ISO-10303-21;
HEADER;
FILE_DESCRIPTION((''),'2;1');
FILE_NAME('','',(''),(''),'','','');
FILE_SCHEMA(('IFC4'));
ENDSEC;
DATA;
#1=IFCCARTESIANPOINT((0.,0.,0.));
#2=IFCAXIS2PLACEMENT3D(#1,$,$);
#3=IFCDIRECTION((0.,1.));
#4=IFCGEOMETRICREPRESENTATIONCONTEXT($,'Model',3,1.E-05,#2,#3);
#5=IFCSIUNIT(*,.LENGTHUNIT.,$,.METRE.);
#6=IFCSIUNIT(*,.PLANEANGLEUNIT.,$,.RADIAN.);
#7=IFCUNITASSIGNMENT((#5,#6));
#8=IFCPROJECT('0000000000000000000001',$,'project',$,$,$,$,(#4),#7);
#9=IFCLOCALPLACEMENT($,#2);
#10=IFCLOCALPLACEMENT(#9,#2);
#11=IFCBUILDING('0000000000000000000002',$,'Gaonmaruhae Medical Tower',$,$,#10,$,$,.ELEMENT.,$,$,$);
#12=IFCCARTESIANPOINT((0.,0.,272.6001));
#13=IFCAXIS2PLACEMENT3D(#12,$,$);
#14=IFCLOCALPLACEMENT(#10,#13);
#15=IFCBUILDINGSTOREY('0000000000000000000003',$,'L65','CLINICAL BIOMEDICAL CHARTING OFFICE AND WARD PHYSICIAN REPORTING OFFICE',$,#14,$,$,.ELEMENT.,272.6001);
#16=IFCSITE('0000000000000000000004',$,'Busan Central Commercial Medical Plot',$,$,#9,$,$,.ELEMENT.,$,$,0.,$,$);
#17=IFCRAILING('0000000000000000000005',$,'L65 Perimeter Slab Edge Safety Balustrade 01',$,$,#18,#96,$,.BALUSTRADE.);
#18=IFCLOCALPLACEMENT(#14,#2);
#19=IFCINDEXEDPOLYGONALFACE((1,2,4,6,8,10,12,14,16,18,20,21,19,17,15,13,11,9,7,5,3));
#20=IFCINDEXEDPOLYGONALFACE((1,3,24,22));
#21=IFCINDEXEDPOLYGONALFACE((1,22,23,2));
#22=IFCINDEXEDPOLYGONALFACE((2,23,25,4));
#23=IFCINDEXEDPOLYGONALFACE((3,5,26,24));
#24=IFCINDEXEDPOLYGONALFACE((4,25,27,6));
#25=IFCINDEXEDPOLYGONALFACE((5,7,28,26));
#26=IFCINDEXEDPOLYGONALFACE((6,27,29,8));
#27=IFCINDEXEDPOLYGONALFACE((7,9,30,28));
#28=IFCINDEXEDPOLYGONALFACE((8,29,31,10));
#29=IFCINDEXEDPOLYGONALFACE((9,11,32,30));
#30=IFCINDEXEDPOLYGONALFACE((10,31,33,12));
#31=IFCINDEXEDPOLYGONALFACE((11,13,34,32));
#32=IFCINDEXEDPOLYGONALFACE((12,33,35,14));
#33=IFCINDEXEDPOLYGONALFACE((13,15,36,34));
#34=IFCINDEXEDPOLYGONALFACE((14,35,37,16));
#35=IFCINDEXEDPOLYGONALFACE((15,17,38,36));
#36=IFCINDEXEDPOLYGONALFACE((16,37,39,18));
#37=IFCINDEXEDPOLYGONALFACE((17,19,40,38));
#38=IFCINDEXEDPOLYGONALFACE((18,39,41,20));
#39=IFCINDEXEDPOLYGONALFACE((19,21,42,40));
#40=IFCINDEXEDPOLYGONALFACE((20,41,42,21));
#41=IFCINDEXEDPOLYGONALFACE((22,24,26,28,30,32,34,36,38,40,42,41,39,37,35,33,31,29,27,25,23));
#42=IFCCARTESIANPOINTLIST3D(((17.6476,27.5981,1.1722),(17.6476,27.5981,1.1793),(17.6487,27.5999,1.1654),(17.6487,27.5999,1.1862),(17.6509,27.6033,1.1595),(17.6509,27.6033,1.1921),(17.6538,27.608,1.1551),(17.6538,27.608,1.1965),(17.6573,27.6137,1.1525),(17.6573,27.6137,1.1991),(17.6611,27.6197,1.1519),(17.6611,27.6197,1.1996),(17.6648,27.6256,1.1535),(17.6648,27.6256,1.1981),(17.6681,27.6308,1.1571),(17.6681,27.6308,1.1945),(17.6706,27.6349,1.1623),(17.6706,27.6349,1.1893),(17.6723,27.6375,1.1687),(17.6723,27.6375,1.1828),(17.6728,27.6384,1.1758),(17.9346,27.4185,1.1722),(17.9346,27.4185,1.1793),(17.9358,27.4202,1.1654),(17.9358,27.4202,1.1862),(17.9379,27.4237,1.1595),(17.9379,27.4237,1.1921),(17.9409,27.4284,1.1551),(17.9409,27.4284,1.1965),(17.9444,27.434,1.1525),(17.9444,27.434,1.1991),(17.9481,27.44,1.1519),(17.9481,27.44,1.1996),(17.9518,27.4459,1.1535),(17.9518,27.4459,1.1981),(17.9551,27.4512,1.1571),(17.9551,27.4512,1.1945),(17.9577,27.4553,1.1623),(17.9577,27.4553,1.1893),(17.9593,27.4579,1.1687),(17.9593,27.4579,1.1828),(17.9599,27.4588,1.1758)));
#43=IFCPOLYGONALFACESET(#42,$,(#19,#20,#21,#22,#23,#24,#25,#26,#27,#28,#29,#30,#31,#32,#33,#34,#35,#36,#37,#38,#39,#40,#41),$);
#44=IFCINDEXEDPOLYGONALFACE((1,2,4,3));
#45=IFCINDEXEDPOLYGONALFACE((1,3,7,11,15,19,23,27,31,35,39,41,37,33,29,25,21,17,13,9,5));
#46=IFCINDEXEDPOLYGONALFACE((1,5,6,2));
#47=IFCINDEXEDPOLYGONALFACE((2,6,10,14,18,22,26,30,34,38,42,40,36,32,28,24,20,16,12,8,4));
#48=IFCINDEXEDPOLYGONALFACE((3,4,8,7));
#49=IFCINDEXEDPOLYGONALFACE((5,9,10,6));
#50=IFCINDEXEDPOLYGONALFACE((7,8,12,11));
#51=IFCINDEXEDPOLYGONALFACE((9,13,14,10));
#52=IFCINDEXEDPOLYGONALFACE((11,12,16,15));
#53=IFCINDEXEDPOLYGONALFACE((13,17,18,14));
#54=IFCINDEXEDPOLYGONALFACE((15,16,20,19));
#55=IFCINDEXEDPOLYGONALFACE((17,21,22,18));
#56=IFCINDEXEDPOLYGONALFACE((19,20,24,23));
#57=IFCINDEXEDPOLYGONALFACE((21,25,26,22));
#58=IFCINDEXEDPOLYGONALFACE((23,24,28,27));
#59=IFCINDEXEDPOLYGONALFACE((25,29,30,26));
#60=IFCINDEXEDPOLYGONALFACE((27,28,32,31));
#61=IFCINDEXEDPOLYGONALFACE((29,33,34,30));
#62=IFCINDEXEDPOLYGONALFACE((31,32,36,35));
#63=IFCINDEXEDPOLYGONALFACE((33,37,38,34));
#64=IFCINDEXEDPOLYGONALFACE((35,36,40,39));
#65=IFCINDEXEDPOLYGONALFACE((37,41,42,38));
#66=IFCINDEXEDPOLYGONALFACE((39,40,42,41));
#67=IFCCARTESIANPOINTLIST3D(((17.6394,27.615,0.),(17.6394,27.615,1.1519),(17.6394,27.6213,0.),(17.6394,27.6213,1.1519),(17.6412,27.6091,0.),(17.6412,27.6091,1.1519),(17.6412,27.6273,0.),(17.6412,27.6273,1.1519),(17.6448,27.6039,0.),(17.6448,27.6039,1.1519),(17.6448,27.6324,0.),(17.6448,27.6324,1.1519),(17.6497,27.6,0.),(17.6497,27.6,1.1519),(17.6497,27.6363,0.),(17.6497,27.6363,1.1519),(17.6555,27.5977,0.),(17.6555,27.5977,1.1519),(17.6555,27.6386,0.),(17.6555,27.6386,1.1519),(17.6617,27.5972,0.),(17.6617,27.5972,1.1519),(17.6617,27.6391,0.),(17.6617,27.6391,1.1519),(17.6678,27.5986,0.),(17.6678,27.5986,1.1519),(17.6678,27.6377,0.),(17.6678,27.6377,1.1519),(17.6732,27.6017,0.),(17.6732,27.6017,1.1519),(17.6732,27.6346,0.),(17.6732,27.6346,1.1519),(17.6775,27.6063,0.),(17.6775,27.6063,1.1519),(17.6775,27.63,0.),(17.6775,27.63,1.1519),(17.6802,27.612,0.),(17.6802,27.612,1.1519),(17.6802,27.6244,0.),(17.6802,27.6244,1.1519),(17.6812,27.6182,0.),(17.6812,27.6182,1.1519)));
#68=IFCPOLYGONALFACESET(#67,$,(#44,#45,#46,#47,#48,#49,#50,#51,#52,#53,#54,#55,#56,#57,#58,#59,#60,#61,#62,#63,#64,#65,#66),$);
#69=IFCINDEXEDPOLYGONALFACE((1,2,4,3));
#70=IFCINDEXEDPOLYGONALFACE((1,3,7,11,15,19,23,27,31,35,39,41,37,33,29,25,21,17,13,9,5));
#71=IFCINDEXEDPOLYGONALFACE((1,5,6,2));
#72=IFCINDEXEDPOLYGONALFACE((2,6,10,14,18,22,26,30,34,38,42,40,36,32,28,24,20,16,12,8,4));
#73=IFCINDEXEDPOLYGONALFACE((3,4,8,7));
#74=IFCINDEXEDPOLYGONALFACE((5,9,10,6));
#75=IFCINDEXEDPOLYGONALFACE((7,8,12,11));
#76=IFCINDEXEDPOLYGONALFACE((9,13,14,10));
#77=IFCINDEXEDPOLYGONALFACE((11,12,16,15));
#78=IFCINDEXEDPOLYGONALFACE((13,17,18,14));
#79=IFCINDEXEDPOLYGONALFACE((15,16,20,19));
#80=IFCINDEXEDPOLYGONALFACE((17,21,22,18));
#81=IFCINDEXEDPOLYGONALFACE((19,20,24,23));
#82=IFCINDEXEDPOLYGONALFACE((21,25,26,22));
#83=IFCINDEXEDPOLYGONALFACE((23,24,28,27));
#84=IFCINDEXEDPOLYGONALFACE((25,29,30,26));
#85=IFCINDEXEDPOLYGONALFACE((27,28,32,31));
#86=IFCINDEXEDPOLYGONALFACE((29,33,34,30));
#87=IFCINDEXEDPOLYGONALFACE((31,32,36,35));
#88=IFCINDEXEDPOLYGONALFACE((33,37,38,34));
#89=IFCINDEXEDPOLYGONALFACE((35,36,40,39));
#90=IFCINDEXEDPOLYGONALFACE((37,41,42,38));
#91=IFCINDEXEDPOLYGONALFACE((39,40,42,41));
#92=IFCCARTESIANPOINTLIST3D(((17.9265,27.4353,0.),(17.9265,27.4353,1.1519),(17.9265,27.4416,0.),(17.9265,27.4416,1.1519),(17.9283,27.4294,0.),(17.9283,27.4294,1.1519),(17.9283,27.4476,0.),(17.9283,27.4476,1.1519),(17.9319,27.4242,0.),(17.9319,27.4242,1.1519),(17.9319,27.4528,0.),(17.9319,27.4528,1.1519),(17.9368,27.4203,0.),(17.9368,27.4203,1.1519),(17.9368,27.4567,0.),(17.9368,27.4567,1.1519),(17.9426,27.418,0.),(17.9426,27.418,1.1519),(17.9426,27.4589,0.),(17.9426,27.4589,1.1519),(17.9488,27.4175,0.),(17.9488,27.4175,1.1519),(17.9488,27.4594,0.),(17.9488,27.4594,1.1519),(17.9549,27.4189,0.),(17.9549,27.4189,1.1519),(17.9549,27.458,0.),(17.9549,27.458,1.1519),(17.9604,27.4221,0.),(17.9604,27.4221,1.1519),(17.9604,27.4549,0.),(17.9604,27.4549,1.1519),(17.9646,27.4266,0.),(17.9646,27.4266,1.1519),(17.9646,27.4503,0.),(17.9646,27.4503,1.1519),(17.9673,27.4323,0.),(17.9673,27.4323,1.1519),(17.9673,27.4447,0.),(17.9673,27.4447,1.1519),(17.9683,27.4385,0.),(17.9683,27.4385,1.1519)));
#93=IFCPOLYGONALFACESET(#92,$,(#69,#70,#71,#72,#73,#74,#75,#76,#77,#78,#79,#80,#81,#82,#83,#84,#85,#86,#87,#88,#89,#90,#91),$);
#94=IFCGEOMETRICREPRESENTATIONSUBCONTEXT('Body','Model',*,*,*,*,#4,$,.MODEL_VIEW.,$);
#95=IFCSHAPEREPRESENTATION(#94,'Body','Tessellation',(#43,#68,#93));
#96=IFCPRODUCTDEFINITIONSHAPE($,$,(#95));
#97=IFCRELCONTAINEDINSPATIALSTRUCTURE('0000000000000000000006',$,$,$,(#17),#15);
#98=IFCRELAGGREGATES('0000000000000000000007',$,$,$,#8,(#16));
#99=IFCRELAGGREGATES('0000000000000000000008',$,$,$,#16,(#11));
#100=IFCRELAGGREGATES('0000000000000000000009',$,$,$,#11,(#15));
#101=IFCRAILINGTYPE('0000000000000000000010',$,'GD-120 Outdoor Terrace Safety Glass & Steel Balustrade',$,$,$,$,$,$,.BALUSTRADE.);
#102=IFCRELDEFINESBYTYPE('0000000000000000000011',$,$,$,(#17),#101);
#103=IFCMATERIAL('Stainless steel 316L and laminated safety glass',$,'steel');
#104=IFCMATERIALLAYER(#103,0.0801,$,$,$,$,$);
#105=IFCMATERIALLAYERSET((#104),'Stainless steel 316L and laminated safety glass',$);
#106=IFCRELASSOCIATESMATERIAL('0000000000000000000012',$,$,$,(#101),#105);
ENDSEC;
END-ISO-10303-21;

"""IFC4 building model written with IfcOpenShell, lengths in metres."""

from ifc_helpers import new_model, si_unit, direction, frame, origin, origin_2d, place, context, subcontext, project, spatial, circle, extrude, material, layer, layer_set, type_object, element, save


model = new_model("IFC4")

# Units and contexts
model_context = context("Model", 3, precision=1e-05, world=origin(), true_north=direction((0.0, 1.0)))
body_context = subcontext(model_context, "Body", "Model", "MODEL_VIEW")
ifc_project = project(units=[si_unit("LENGTHUNIT", "METRE"), si_unit("PLANEANGLEUNIT", "RADIAN")], contexts=[model_context])

# Site, building, storey
site_placement = place(None, origin())
site = spatial("IfcSite", under=ifc_project, at=site_placement, Name="Busan Central Commercial Medical Plot", CompositionType="ELEMENT", RefElevation=0.0)
building_placement = place(site_placement, origin())
building = spatial("IfcBuilding", under=site, at=building_placement, Name="Gaonmaruhae Medical Tower", CompositionType="ELEMENT")
storey_placement = place(building_placement, frame((0.0, 0.0, 272.6001)))
storey = spatial("IfcBuildingStorey", under=building, at=storey_placement, Name="L65", Description="CLINICAL BIOMEDICAL CHARTING OFFICE AND WARD PHYSICIAN REPORTING OFFICE", CompositionType="ELEMENT", Elevation=272.6001)

# Railing
ifc_material_1 = material(Name="Stainless steel 316L and laminated safety glass", Category="steel")
ifc_layer_1 = layer(ifc_material_1, 0.0801)
ifc_layer_set_1 = layer_set([ifc_layer_1], Name="Stainless steel 316L and laminated safety glass")
railing_type_1 = type_object("IfcRailingType", Name="GD-120 Outdoor Terrace Safety Glass & Steel Balustrade", PredefinedType="BALUSTRADE", material=ifc_layer_set_1)
railing_1_placement = place(storey_placement, frame((17.6602, 27.6182, 0.0)))
element("IfcRailing", 1, at=railing_1_placement, inside=storey, type_object=railing_type_1, Name="L65 Perimeter Slab Edge Safety Balustrade 01", PredefinedType="BALUSTRADE", context=body_context, shape_type="SweptSolid", body=[
    extrude(circle(Radius=0.0239, at=origin_2d()), frame((0.0, 0.0, 1.1758), z_axis=(0.847674, -0.530517, 0.0), x_axis=(0.530517, 0.847674, 0.0)), (0.0, 0.0, 1.0), 0.3386),
    extrude(circle(Radius=0.021, at=origin_2d()), origin(), (0.0, 0.0, 1.0), 1.1519),
    extrude(circle(Radius=0.021, at=origin_2d()), frame((0.2871, -0.1797, 0.0)), (0.0, 0.0, 1.0), 1.1519),
])

save(model, "model.ifc")
